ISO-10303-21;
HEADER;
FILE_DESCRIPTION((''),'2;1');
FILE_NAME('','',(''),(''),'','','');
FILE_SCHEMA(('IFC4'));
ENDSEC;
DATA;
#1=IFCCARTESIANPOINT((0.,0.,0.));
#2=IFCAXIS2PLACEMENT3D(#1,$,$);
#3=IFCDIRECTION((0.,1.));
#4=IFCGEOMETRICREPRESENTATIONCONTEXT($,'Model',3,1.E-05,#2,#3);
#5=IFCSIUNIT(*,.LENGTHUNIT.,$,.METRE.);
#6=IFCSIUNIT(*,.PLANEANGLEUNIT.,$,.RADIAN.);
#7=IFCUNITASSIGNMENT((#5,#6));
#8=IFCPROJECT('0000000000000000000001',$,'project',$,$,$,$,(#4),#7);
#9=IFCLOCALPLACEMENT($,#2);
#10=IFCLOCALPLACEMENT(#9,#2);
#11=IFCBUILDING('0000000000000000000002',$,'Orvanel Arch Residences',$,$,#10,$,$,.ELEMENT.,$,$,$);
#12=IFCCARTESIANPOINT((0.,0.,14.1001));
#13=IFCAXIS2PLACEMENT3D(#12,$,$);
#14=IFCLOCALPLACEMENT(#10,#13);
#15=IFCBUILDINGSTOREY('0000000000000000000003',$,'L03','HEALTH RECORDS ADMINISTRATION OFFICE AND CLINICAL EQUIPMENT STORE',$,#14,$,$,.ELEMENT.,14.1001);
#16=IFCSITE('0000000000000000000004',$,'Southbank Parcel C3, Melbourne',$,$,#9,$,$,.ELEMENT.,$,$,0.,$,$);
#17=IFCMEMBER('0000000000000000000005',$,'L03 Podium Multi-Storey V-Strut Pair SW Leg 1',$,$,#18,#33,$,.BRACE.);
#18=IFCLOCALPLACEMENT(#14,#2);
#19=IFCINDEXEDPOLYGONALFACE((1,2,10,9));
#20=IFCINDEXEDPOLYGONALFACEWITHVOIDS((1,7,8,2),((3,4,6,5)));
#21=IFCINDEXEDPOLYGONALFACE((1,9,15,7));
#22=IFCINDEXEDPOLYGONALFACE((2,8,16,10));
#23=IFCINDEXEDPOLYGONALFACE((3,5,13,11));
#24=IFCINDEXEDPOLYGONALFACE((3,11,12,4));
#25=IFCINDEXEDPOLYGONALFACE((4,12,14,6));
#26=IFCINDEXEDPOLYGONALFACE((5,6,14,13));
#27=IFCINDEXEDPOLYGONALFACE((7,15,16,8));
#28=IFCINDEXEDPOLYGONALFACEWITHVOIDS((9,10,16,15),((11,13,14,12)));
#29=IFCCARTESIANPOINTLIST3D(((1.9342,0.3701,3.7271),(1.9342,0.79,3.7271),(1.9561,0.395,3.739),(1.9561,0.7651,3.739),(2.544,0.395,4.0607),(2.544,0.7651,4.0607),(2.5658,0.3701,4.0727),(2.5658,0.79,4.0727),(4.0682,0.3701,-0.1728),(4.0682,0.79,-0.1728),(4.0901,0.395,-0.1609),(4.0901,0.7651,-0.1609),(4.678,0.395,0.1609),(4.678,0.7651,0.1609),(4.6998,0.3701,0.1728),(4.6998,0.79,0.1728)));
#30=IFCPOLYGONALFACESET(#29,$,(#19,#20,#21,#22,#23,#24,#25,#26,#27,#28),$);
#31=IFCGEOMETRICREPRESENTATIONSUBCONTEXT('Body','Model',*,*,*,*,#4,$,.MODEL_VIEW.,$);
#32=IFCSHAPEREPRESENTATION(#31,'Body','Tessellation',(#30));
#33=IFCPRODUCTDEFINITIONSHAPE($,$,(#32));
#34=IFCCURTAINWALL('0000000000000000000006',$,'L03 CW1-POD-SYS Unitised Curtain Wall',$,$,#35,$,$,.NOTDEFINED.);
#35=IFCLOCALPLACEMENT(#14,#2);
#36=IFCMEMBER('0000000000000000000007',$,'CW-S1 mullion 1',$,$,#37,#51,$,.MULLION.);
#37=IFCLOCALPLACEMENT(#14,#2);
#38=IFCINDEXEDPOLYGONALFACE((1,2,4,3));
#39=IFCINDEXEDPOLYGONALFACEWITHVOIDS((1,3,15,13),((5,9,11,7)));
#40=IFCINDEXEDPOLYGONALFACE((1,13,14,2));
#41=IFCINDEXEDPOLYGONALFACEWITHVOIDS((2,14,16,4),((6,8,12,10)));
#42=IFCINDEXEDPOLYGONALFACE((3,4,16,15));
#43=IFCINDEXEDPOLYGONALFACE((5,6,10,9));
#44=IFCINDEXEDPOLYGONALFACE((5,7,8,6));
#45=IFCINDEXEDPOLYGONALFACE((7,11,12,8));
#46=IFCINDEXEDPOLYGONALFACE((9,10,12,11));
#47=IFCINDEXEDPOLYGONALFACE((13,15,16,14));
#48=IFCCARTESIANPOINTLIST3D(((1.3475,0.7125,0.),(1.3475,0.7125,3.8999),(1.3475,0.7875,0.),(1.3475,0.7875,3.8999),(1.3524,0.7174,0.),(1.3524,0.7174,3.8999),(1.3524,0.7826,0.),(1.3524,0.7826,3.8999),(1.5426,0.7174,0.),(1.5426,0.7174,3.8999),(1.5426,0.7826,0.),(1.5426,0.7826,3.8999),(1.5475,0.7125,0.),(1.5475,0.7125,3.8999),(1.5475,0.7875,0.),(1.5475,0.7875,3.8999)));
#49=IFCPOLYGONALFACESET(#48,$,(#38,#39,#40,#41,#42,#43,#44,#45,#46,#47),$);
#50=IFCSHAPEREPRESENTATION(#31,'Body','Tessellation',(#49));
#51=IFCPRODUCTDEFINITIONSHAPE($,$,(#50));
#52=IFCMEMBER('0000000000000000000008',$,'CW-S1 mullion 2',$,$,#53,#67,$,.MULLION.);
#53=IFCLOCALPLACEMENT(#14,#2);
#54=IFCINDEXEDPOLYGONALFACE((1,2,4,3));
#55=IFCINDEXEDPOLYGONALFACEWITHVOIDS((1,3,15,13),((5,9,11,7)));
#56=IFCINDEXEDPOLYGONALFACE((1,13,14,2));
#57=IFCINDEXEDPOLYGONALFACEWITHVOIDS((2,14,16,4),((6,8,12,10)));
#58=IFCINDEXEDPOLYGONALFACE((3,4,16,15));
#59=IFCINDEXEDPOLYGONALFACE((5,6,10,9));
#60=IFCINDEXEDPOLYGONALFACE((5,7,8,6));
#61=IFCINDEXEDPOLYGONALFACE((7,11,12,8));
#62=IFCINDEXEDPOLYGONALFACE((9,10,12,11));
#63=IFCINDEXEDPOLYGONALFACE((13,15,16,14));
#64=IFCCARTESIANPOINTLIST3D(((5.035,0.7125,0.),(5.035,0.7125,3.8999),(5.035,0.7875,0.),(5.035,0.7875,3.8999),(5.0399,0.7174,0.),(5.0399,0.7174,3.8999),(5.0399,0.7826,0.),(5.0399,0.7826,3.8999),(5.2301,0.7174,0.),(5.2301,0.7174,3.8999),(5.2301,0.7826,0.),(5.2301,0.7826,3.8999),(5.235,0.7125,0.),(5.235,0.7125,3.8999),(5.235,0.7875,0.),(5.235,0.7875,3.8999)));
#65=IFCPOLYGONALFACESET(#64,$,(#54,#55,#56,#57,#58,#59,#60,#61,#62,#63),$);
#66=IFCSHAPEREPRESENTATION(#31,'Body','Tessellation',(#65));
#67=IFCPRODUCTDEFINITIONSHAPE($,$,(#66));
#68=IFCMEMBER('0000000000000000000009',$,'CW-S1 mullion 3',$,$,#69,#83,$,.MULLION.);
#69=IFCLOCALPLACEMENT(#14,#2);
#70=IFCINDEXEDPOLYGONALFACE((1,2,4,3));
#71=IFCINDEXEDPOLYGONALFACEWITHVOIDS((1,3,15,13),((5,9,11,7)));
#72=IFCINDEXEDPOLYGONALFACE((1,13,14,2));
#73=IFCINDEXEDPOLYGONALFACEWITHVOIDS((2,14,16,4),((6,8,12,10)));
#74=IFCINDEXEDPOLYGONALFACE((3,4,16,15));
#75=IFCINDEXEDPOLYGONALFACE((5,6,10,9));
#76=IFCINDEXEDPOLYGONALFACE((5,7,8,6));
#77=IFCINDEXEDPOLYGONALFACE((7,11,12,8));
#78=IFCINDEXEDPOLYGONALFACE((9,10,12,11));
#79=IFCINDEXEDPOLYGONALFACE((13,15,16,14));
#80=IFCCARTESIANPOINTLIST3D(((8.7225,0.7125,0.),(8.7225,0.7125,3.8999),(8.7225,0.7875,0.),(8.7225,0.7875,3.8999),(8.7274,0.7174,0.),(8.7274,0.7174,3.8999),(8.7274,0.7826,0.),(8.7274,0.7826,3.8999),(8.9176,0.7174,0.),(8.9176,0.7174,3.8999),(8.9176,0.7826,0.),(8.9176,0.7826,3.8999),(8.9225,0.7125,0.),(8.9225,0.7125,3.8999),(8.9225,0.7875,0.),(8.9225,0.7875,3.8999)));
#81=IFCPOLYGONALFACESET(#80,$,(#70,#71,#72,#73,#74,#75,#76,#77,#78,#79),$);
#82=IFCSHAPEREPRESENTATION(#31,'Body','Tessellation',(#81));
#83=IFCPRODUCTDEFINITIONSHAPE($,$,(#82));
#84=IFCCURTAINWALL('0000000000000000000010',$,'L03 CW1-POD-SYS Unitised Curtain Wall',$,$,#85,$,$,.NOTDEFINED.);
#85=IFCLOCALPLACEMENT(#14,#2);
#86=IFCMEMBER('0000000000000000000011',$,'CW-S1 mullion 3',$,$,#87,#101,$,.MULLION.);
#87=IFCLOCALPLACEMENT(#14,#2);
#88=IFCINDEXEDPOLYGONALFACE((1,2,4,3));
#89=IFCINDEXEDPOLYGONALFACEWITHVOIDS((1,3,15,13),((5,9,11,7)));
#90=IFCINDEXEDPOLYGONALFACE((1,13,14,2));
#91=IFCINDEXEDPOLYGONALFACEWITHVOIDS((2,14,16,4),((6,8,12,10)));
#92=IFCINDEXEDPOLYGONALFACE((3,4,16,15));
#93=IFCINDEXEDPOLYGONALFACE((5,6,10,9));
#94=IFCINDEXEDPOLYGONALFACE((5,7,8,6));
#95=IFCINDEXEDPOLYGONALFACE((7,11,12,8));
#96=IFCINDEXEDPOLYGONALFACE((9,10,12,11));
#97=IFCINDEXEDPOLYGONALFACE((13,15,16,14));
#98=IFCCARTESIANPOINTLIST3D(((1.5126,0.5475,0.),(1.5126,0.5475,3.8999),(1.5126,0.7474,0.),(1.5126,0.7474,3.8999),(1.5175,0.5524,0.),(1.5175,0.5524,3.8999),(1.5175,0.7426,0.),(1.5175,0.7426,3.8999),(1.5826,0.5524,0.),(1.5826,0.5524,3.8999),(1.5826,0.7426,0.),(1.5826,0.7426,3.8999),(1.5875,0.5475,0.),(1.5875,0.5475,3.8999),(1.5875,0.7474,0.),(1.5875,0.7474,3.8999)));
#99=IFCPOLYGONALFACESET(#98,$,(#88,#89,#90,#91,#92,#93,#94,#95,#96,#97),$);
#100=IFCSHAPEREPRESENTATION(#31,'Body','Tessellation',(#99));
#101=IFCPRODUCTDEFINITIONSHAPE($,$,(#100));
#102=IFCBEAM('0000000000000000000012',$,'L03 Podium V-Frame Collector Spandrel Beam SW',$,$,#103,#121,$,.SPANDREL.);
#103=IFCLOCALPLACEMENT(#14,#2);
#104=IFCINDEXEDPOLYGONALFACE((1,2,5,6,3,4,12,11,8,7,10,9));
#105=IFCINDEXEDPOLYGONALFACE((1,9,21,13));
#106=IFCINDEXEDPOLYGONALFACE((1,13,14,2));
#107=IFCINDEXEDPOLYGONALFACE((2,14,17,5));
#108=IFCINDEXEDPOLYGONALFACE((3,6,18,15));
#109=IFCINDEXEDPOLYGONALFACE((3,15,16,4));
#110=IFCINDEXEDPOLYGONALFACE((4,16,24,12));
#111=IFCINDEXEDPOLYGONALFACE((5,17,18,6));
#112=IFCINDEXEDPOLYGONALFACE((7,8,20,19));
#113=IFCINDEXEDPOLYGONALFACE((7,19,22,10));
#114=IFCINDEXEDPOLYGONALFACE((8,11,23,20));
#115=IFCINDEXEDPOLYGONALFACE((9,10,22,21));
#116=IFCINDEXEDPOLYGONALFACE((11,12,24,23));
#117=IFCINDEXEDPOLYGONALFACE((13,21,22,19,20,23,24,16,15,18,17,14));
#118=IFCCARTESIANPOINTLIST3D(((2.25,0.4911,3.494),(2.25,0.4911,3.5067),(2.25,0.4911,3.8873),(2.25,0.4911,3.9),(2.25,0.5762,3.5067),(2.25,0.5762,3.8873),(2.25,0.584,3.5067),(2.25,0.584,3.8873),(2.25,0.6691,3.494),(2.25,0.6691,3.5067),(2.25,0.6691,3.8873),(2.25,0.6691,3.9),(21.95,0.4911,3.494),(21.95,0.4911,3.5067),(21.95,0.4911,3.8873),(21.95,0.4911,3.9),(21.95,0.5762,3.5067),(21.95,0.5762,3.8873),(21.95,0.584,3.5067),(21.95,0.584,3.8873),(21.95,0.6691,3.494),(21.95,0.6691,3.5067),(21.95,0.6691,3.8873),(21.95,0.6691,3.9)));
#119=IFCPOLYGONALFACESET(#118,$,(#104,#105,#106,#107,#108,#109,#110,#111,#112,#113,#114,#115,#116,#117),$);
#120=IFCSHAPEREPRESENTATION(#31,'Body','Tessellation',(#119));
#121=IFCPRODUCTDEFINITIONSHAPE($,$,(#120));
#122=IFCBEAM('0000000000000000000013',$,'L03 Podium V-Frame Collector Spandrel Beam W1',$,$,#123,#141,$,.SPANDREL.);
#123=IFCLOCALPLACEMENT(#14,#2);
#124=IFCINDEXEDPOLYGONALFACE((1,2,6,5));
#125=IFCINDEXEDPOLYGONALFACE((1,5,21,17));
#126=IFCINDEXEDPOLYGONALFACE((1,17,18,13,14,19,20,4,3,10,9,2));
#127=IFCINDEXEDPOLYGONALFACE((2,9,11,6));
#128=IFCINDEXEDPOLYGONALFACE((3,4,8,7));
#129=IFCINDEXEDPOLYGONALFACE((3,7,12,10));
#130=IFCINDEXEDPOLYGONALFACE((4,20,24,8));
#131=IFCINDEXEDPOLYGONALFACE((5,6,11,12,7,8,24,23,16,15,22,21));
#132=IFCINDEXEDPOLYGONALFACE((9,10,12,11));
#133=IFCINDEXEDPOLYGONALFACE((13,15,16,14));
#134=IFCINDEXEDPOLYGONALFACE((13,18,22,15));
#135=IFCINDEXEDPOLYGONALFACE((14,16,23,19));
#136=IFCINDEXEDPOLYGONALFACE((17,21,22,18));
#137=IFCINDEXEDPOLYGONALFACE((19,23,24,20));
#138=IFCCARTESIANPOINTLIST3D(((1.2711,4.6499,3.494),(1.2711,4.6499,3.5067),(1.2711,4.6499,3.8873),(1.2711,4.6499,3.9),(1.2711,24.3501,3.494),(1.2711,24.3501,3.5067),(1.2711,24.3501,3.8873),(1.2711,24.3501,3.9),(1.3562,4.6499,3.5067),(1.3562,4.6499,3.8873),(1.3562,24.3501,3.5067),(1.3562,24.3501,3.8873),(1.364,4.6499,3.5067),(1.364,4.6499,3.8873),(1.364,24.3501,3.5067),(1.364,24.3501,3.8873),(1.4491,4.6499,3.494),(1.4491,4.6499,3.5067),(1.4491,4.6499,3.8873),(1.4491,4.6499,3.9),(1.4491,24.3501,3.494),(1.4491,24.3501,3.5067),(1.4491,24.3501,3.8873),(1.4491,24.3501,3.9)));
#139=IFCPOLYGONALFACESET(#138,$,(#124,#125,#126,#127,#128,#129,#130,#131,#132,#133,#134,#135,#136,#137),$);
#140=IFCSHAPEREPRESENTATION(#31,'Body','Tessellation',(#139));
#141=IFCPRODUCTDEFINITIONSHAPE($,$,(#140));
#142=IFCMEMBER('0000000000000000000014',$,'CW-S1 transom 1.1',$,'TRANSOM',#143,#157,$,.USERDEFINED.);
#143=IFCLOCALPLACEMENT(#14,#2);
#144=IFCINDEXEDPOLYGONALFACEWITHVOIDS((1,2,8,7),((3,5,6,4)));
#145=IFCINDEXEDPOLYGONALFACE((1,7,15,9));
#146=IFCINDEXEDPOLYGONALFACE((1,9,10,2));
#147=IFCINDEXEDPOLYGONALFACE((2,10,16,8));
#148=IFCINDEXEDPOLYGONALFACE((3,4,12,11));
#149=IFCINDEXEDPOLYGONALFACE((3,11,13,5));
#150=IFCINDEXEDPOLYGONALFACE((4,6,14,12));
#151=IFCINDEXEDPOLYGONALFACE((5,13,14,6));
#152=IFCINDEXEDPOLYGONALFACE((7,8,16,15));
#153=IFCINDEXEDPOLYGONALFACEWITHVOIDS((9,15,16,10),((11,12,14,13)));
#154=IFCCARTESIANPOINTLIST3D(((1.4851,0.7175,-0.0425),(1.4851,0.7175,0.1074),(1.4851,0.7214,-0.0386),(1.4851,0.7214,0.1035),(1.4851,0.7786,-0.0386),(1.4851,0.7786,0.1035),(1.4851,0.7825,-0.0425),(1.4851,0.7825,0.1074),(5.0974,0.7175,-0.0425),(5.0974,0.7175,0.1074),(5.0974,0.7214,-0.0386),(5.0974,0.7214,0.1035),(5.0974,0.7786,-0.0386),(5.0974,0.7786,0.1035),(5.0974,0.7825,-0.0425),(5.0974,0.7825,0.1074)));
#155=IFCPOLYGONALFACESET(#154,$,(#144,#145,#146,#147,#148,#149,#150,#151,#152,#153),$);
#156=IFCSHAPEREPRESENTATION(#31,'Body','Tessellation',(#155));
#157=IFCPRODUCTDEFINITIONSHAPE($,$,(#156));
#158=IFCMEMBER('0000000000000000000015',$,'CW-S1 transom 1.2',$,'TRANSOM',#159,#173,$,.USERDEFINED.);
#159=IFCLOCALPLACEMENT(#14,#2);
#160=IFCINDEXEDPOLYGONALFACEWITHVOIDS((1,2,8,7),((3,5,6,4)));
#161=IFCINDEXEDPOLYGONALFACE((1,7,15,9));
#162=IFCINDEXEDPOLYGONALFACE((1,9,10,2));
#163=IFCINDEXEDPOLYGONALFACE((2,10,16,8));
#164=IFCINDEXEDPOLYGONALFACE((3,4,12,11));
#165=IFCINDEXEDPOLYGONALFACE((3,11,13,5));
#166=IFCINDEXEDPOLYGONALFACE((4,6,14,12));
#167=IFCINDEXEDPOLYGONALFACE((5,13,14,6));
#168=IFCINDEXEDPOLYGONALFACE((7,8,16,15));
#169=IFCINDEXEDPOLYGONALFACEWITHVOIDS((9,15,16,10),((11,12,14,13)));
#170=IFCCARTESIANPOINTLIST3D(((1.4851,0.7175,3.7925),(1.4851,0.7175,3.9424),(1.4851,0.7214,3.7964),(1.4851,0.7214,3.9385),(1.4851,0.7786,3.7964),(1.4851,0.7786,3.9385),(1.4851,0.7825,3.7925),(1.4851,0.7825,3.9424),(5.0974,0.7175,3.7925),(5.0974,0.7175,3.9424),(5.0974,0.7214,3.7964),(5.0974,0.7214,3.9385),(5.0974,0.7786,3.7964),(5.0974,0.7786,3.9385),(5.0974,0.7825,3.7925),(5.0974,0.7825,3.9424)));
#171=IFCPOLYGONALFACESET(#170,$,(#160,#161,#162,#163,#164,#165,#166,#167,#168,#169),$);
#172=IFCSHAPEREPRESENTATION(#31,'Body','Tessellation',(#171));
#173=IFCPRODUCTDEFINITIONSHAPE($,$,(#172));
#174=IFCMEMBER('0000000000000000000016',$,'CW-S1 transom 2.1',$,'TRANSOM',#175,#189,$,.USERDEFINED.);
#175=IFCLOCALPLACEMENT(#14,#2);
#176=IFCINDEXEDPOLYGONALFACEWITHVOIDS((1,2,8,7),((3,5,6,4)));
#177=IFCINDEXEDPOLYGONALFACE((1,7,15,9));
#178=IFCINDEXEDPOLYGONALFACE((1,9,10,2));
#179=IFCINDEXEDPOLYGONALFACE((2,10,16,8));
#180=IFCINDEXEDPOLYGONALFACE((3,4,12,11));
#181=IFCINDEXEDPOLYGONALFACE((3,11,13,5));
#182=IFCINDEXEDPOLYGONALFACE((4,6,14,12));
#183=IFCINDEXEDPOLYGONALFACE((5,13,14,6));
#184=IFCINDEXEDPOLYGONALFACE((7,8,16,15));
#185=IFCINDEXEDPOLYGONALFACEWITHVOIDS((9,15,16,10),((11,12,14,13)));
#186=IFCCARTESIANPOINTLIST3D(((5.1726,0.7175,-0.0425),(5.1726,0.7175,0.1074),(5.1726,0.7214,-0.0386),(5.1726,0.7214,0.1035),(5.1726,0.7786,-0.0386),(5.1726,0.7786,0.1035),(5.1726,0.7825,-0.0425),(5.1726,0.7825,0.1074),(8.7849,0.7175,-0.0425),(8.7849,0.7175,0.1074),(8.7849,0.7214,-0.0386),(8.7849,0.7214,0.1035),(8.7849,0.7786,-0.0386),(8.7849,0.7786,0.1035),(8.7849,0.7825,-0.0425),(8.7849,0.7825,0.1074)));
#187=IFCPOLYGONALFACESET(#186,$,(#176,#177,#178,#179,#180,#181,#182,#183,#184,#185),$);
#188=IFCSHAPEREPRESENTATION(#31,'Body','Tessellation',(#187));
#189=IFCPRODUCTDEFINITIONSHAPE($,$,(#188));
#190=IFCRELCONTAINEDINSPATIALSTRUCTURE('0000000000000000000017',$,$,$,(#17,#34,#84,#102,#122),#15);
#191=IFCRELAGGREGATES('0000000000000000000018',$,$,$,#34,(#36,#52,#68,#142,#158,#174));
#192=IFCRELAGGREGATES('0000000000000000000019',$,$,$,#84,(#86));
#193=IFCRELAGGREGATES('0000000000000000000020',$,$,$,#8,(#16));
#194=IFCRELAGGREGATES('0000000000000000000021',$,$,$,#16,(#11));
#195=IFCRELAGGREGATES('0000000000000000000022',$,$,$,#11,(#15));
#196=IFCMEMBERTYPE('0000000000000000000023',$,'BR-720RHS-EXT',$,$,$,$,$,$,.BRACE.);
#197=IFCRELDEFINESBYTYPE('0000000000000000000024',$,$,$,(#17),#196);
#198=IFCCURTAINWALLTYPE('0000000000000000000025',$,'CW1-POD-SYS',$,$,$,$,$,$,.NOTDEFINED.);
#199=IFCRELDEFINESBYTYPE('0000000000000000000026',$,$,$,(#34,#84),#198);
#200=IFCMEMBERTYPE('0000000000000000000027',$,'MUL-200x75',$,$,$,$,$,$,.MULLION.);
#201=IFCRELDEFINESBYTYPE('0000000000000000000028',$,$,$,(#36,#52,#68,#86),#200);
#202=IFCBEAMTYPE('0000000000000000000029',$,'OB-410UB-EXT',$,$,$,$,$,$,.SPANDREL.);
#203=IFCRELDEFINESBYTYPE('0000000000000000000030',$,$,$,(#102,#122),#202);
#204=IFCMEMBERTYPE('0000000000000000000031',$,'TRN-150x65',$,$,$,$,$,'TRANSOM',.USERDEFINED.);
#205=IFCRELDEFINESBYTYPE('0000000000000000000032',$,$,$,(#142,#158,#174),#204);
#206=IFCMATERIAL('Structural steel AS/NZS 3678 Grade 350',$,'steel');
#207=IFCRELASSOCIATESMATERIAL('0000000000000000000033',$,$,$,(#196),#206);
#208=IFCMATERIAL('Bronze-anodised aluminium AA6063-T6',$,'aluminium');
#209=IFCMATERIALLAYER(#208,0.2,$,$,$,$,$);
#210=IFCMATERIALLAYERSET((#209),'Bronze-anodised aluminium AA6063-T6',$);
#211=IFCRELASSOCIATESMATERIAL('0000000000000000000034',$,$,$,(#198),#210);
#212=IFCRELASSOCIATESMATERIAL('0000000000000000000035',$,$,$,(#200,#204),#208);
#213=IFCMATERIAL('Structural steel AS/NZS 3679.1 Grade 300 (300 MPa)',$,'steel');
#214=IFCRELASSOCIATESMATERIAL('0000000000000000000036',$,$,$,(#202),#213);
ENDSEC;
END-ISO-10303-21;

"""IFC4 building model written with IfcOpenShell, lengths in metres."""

from ifc_helpers import new_model, si_unit, direction, frame, origin, origin_2d, place, context, subcontext, project, spatial, hollow_rectangle, i_section, extrude, material, layer, layer_set, material_profile, profile_set, type_object, element, aggregate, save


model = new_model("IFC4")

# Units and contexts
model_context = context("Model", 3, precision=1e-05, world=origin(), true_north=direction((0.0, 1.0)))
body_context = subcontext(model_context, "Body", "Model", "MODEL_VIEW")
ifc_project = project(units=[si_unit("LENGTHUNIT", "METRE"), si_unit("PLANEANGLEUNIT", "RADIAN")], contexts=[model_context])

# Site, building, storey
site_placement = place(None, origin())
site = spatial("IfcSite", under=ifc_project, at=site_placement, Name="Southbank Parcel C3, Melbourne", CompositionType="ELEMENT", RefElevation=0.0)
building_placement = place(site_placement, origin())
building = spatial("IfcBuilding", under=site, at=building_placement, Name="Orvanel Arch Residences", CompositionType="ELEMENT")
storey_placement = place(building_placement, frame((0.0, 0.0, 14.1001)))
storey = spatial("IfcBuildingStorey", under=building, at=storey_placement, Name="L03", Description="HEALTH RECORDS ADMINISTRATION OFFICE AND CLINICAL EQUIPMENT STORE", CompositionType="ELEMENT", Elevation=14.1001)

# Member
ifc_material_1 = material(Name="Structural steel AS/NZS 3678 Grade 350", Category="steel")
ifc_material_profile_1 = material_profile(ifc_material_1, hollow_rectangle(XDim=0.4199, YDim=0.72, WallThickness=0.0249, at=origin_2d()), Name="RHS720x420x25")
ifc_profile_set_1 = profile_set([ifc_material_profile_1], Name="Structural steel AS/NZS 3678 Grade 350")
member_type_1 = type_object("IfcMemberType", Name="BR-720RHS-EXT", PredefinedType="BRACE", material=ifc_profile_set_1)
member_1_placement = place(storey_placement, frame((4.384, 0.5801, 0.0), z_axis=(-0.480033, 0.0, 0.87725), x_axis=(0.0, -1.0, 0.0)))
element("IfcMember", 1, at=member_1_placement, inside=storey, type_object=member_type_1, Name="L03 Podium Multi-Storey V-Strut Pair SW Leg 1", PredefinedType="BRACE", context=body_context, shape_type="SweptSolid", body=[
    extrude(hollow_rectangle(XDim=0.4199, YDim=0.72, WallThickness=0.0249, at=origin_2d()), origin(), (0.0, 0.0, 1.0), 4.4456),
])

# Curtain wall, members
ifc_material_2 = material(Name="Bronze-anodised aluminium AA6063-T6", Category="aluminium")
ifc_layer_1 = layer(ifc_material_2, 0.2)
ifc_layer_set_1 = layer_set([ifc_layer_1], Name="Bronze-anodised aluminium AA6063-T6")
curtain_wall_type = type_object("IfcCurtainWallType", Name="CW1-POD-SYS", PredefinedType="NOTDEFINED", material=ifc_layer_set_1)
curtain_wall_1_placement = place(storey_placement, origin())
curtain_wall_1 = element("IfcCurtainWall", 2, at=curtain_wall_1_placement, inside=storey, type_object=curtain_wall_type, Name="L03 CW1-POD-SYS Unitised Curtain Wall", PredefinedType="NOTDEFINED")
ifc_material_profile_2 = material_profile(ifc_material_2, hollow_rectangle(XDim=0.075, YDim=0.2, WallThickness=0.0049, at=origin_2d()), Name="ALU200x75x5")
ifc_profile_set_2 = profile_set([ifc_material_profile_2], Name="Bronze-anodised aluminium AA6063-T6")
member_type_2 = type_object("IfcMemberType", Name="MUL-200x75", PredefinedType="MULLION", material=ifc_profile_set_2)
member_2_placement = place(storey_placement, frame((1.4475, 0.75, 0.0), z_axis=(0.0, 0.0, 1.0), x_axis=(0.0, 1.0, 0.0)))
member_2 = element("IfcMember", 3, at=member_2_placement, type_object=member_type_2, Name="CW-S1 mullion 1", PredefinedType="MULLION", context=body_context, shape_type="SweptSolid", body=[
    extrude(hollow_rectangle(XDim=0.075, YDim=0.2, WallThickness=0.0049, at=origin_2d()), origin(), (0.0, 0.0, 1.0), 3.8999),
])
member_3_placement = place(storey_placement, frame((5.135, 0.75, 0.0), z_axis=(0.0, 0.0, 1.0), x_axis=(0.0, 1.0, 0.0)))
member_3 = element("IfcMember", 4, at=member_3_placement, type_object=member_type_2, Name="CW-S1 mullion 2", PredefinedType="MULLION", context=body_context, shape_type="SweptSolid", body=[
    extrude(hollow_rectangle(XDim=0.075, YDim=0.2, WallThickness=0.0049, at=origin_2d()), origin(), (0.0, 0.0, 1.0), 3.8999),
])
member_4_placement = place(storey_placement, frame((8.8225, 0.75, 0.0), z_axis=(0.0, 0.0, 1.0), x_axis=(0.0, 1.0, 0.0)))
member_4 = element("IfcMember", 5, at=member_4_placement, type_object=member_type_2, Name="CW-S1 mullion 3", PredefinedType="MULLION", context=body_context, shape_type="SweptSolid", body=[
    extrude(hollow_rectangle(XDim=0.075, YDim=0.2, WallThickness=0.0049, at=origin_2d()), origin(), (0.0, 0.0, 1.0), 3.8999),
])

# Curtain wall, member
curtain_wall_2_placement = place(storey_placement, origin())
curtain_wall_2 = element("IfcCurtainWall", 6, at=curtain_wall_2_placement, inside=storey, type_object=curtain_wall_type, Name="L03 CW1-POD-SYS Unitised Curtain Wall", PredefinedType="NOTDEFINED")
member_5_placement = place(storey_placement, frame((1.55, 0.6475, 0.0), z_axis=(0.0, 0.0, 1.0), x_axis=(1.0, 0.0, 0.0)))
member_5 = element("IfcMember", 7, at=member_5_placement, type_object=member_type_2, Name="CW-S1 mullion 3", PredefinedType="MULLION", context=body_context, shape_type="SweptSolid", body=[
    extrude(hollow_rectangle(XDim=0.075, YDim=0.2, WallThickness=0.0049, at=origin_2d()), origin(), (0.0, 0.0, 1.0), 3.8999),
])

# Beams
ifc_material_3 = material(Name="Structural steel AS/NZS 3679.1 Grade 300 (300 MPa)", Category="steel")
ifc_material_profile_3 = material_profile(ifc_material_3, i_section(OverallWidth=0.178, OverallDepth=0.406, WebThickness=0.0078, FlangeThickness=0.0127, at=origin_2d()), Name="410UB59.7")
ifc_profile_set_3 = profile_set([ifc_material_profile_3], Name="Structural steel AS/NZS 3679.1 Grade 300 (300 MPa)")
beam_type = type_object("IfcBeamType", Name="OB-410UB-EXT", PredefinedType="SPANDREL", material=ifc_profile_set_3)
beam_1_placement = place(storey_placement, frame((2.25, 0.5801, 3.697), z_axis=(1.0, 0.0, 0.0), x_axis=(0.0, 1.0, 0.0)))
element("IfcBeam", 8, at=beam_1_placement, inside=storey, type_object=beam_type, Name="L03 Podium V-Frame Collector Spandrel Beam SW", PredefinedType="SPANDREL", context=body_context, shape_type="SweptSolid", body=[
    extrude(i_section(OverallWidth=0.178, OverallDepth=0.406, WebThickness=0.0078, FlangeThickness=0.0127, at=origin_2d()), origin(), (0.0, 0.0, 1.0), 19.7),
])
beam_2_placement = place(storey_placement, frame((1.3601, 4.6499, 3.697), z_axis=(0.0, 1.0, 0.0), x_axis=(-1.0, 0.0, 0.0)))
element("IfcBeam", 9, at=beam_2_placement, inside=storey, type_object=beam_type, Name="L03 Podium V-Frame Collector Spandrel Beam W1", PredefinedType="SPANDREL", context=body_context, shape_type="SweptSolid", body=[
    extrude(i_section(OverallWidth=0.178, OverallDepth=0.406, WebThickness=0.0078, FlangeThickness=0.0127, at=origin_2d()), origin(), (0.0, 0.0, 1.0), 19.7002),
])

# Members
ifc_material_profile_4 = material_profile(ifc_material_2, hollow_rectangle(XDim=0.0649, YDim=0.1499, WallThickness=0.0039, at=origin_2d()), Name="ALU150x65x4")
ifc_profile_set_4 = profile_set([ifc_material_profile_4], Name="Bronze-anodised aluminium AA6063-T6")
member_type_3 = type_object("IfcMemberType", Name="TRN-150x65", ElementType="TRANSOM", PredefinedType="USERDEFINED", material=ifc_profile_set_4)
member_6_placement = place(storey_placement, frame((1.4851, 0.75, 0.0325), z_axis=(1.0, 0.0, 0.0), x_axis=(0.0, 1.0, 0.0)))
member_6 = element("IfcMember", 10, at=member_6_placement, type_object=member_type_3, Name="CW-S1 transom 1.1", ObjectType="TRANSOM", PredefinedType="USERDEFINED", context=body_context, shape_type="SweptSolid", body=[
    extrude(hollow_rectangle(XDim=0.0649, YDim=0.1499, WallThickness=0.0039, at=origin_2d()), origin(), (0.0, 0.0, 1.0), 3.6123),
])
member_7_placement = place(storey_placement, frame((1.4851, 0.75, 3.8674), z_axis=(1.0, 0.0, 0.0), x_axis=(0.0, 1.0, 0.0)))
member_7 = element("IfcMember", 11, at=member_7_placement, type_object=member_type_3, Name="CW-S1 transom 1.2", ObjectType="TRANSOM", PredefinedType="USERDEFINED", context=body_context, shape_type="SweptSolid", body=[
    extrude(hollow_rectangle(XDim=0.0649, YDim=0.1499, WallThickness=0.0039, at=origin_2d()), origin(), (0.0, 0.0, 1.0), 3.6123),
])
member_8_placement = place(storey_placement, frame((5.1726, 0.75, 0.0325), z_axis=(1.0, 0.0, 0.0), x_axis=(0.0, 1.0, 0.0)))
member_8 = element("IfcMember", 12, at=member_8_placement, type_object=member_type_3, Name="CW-S1 transom 2.1", ObjectType="TRANSOM", PredefinedType="USERDEFINED", context=body_context, shape_type="SweptSolid", body=[
    extrude(hollow_rectangle(XDim=0.0649, YDim=0.1499, WallThickness=0.0039, at=origin_2d()), origin(), (0.0, 0.0, 1.0), 3.6123),
])

aggregate(curtain_wall_1, [member_2, member_3, member_4, member_6, member_7, member_8])
aggregate(curtain_wall_2, [member_5])

save(model, "model.ifc")
